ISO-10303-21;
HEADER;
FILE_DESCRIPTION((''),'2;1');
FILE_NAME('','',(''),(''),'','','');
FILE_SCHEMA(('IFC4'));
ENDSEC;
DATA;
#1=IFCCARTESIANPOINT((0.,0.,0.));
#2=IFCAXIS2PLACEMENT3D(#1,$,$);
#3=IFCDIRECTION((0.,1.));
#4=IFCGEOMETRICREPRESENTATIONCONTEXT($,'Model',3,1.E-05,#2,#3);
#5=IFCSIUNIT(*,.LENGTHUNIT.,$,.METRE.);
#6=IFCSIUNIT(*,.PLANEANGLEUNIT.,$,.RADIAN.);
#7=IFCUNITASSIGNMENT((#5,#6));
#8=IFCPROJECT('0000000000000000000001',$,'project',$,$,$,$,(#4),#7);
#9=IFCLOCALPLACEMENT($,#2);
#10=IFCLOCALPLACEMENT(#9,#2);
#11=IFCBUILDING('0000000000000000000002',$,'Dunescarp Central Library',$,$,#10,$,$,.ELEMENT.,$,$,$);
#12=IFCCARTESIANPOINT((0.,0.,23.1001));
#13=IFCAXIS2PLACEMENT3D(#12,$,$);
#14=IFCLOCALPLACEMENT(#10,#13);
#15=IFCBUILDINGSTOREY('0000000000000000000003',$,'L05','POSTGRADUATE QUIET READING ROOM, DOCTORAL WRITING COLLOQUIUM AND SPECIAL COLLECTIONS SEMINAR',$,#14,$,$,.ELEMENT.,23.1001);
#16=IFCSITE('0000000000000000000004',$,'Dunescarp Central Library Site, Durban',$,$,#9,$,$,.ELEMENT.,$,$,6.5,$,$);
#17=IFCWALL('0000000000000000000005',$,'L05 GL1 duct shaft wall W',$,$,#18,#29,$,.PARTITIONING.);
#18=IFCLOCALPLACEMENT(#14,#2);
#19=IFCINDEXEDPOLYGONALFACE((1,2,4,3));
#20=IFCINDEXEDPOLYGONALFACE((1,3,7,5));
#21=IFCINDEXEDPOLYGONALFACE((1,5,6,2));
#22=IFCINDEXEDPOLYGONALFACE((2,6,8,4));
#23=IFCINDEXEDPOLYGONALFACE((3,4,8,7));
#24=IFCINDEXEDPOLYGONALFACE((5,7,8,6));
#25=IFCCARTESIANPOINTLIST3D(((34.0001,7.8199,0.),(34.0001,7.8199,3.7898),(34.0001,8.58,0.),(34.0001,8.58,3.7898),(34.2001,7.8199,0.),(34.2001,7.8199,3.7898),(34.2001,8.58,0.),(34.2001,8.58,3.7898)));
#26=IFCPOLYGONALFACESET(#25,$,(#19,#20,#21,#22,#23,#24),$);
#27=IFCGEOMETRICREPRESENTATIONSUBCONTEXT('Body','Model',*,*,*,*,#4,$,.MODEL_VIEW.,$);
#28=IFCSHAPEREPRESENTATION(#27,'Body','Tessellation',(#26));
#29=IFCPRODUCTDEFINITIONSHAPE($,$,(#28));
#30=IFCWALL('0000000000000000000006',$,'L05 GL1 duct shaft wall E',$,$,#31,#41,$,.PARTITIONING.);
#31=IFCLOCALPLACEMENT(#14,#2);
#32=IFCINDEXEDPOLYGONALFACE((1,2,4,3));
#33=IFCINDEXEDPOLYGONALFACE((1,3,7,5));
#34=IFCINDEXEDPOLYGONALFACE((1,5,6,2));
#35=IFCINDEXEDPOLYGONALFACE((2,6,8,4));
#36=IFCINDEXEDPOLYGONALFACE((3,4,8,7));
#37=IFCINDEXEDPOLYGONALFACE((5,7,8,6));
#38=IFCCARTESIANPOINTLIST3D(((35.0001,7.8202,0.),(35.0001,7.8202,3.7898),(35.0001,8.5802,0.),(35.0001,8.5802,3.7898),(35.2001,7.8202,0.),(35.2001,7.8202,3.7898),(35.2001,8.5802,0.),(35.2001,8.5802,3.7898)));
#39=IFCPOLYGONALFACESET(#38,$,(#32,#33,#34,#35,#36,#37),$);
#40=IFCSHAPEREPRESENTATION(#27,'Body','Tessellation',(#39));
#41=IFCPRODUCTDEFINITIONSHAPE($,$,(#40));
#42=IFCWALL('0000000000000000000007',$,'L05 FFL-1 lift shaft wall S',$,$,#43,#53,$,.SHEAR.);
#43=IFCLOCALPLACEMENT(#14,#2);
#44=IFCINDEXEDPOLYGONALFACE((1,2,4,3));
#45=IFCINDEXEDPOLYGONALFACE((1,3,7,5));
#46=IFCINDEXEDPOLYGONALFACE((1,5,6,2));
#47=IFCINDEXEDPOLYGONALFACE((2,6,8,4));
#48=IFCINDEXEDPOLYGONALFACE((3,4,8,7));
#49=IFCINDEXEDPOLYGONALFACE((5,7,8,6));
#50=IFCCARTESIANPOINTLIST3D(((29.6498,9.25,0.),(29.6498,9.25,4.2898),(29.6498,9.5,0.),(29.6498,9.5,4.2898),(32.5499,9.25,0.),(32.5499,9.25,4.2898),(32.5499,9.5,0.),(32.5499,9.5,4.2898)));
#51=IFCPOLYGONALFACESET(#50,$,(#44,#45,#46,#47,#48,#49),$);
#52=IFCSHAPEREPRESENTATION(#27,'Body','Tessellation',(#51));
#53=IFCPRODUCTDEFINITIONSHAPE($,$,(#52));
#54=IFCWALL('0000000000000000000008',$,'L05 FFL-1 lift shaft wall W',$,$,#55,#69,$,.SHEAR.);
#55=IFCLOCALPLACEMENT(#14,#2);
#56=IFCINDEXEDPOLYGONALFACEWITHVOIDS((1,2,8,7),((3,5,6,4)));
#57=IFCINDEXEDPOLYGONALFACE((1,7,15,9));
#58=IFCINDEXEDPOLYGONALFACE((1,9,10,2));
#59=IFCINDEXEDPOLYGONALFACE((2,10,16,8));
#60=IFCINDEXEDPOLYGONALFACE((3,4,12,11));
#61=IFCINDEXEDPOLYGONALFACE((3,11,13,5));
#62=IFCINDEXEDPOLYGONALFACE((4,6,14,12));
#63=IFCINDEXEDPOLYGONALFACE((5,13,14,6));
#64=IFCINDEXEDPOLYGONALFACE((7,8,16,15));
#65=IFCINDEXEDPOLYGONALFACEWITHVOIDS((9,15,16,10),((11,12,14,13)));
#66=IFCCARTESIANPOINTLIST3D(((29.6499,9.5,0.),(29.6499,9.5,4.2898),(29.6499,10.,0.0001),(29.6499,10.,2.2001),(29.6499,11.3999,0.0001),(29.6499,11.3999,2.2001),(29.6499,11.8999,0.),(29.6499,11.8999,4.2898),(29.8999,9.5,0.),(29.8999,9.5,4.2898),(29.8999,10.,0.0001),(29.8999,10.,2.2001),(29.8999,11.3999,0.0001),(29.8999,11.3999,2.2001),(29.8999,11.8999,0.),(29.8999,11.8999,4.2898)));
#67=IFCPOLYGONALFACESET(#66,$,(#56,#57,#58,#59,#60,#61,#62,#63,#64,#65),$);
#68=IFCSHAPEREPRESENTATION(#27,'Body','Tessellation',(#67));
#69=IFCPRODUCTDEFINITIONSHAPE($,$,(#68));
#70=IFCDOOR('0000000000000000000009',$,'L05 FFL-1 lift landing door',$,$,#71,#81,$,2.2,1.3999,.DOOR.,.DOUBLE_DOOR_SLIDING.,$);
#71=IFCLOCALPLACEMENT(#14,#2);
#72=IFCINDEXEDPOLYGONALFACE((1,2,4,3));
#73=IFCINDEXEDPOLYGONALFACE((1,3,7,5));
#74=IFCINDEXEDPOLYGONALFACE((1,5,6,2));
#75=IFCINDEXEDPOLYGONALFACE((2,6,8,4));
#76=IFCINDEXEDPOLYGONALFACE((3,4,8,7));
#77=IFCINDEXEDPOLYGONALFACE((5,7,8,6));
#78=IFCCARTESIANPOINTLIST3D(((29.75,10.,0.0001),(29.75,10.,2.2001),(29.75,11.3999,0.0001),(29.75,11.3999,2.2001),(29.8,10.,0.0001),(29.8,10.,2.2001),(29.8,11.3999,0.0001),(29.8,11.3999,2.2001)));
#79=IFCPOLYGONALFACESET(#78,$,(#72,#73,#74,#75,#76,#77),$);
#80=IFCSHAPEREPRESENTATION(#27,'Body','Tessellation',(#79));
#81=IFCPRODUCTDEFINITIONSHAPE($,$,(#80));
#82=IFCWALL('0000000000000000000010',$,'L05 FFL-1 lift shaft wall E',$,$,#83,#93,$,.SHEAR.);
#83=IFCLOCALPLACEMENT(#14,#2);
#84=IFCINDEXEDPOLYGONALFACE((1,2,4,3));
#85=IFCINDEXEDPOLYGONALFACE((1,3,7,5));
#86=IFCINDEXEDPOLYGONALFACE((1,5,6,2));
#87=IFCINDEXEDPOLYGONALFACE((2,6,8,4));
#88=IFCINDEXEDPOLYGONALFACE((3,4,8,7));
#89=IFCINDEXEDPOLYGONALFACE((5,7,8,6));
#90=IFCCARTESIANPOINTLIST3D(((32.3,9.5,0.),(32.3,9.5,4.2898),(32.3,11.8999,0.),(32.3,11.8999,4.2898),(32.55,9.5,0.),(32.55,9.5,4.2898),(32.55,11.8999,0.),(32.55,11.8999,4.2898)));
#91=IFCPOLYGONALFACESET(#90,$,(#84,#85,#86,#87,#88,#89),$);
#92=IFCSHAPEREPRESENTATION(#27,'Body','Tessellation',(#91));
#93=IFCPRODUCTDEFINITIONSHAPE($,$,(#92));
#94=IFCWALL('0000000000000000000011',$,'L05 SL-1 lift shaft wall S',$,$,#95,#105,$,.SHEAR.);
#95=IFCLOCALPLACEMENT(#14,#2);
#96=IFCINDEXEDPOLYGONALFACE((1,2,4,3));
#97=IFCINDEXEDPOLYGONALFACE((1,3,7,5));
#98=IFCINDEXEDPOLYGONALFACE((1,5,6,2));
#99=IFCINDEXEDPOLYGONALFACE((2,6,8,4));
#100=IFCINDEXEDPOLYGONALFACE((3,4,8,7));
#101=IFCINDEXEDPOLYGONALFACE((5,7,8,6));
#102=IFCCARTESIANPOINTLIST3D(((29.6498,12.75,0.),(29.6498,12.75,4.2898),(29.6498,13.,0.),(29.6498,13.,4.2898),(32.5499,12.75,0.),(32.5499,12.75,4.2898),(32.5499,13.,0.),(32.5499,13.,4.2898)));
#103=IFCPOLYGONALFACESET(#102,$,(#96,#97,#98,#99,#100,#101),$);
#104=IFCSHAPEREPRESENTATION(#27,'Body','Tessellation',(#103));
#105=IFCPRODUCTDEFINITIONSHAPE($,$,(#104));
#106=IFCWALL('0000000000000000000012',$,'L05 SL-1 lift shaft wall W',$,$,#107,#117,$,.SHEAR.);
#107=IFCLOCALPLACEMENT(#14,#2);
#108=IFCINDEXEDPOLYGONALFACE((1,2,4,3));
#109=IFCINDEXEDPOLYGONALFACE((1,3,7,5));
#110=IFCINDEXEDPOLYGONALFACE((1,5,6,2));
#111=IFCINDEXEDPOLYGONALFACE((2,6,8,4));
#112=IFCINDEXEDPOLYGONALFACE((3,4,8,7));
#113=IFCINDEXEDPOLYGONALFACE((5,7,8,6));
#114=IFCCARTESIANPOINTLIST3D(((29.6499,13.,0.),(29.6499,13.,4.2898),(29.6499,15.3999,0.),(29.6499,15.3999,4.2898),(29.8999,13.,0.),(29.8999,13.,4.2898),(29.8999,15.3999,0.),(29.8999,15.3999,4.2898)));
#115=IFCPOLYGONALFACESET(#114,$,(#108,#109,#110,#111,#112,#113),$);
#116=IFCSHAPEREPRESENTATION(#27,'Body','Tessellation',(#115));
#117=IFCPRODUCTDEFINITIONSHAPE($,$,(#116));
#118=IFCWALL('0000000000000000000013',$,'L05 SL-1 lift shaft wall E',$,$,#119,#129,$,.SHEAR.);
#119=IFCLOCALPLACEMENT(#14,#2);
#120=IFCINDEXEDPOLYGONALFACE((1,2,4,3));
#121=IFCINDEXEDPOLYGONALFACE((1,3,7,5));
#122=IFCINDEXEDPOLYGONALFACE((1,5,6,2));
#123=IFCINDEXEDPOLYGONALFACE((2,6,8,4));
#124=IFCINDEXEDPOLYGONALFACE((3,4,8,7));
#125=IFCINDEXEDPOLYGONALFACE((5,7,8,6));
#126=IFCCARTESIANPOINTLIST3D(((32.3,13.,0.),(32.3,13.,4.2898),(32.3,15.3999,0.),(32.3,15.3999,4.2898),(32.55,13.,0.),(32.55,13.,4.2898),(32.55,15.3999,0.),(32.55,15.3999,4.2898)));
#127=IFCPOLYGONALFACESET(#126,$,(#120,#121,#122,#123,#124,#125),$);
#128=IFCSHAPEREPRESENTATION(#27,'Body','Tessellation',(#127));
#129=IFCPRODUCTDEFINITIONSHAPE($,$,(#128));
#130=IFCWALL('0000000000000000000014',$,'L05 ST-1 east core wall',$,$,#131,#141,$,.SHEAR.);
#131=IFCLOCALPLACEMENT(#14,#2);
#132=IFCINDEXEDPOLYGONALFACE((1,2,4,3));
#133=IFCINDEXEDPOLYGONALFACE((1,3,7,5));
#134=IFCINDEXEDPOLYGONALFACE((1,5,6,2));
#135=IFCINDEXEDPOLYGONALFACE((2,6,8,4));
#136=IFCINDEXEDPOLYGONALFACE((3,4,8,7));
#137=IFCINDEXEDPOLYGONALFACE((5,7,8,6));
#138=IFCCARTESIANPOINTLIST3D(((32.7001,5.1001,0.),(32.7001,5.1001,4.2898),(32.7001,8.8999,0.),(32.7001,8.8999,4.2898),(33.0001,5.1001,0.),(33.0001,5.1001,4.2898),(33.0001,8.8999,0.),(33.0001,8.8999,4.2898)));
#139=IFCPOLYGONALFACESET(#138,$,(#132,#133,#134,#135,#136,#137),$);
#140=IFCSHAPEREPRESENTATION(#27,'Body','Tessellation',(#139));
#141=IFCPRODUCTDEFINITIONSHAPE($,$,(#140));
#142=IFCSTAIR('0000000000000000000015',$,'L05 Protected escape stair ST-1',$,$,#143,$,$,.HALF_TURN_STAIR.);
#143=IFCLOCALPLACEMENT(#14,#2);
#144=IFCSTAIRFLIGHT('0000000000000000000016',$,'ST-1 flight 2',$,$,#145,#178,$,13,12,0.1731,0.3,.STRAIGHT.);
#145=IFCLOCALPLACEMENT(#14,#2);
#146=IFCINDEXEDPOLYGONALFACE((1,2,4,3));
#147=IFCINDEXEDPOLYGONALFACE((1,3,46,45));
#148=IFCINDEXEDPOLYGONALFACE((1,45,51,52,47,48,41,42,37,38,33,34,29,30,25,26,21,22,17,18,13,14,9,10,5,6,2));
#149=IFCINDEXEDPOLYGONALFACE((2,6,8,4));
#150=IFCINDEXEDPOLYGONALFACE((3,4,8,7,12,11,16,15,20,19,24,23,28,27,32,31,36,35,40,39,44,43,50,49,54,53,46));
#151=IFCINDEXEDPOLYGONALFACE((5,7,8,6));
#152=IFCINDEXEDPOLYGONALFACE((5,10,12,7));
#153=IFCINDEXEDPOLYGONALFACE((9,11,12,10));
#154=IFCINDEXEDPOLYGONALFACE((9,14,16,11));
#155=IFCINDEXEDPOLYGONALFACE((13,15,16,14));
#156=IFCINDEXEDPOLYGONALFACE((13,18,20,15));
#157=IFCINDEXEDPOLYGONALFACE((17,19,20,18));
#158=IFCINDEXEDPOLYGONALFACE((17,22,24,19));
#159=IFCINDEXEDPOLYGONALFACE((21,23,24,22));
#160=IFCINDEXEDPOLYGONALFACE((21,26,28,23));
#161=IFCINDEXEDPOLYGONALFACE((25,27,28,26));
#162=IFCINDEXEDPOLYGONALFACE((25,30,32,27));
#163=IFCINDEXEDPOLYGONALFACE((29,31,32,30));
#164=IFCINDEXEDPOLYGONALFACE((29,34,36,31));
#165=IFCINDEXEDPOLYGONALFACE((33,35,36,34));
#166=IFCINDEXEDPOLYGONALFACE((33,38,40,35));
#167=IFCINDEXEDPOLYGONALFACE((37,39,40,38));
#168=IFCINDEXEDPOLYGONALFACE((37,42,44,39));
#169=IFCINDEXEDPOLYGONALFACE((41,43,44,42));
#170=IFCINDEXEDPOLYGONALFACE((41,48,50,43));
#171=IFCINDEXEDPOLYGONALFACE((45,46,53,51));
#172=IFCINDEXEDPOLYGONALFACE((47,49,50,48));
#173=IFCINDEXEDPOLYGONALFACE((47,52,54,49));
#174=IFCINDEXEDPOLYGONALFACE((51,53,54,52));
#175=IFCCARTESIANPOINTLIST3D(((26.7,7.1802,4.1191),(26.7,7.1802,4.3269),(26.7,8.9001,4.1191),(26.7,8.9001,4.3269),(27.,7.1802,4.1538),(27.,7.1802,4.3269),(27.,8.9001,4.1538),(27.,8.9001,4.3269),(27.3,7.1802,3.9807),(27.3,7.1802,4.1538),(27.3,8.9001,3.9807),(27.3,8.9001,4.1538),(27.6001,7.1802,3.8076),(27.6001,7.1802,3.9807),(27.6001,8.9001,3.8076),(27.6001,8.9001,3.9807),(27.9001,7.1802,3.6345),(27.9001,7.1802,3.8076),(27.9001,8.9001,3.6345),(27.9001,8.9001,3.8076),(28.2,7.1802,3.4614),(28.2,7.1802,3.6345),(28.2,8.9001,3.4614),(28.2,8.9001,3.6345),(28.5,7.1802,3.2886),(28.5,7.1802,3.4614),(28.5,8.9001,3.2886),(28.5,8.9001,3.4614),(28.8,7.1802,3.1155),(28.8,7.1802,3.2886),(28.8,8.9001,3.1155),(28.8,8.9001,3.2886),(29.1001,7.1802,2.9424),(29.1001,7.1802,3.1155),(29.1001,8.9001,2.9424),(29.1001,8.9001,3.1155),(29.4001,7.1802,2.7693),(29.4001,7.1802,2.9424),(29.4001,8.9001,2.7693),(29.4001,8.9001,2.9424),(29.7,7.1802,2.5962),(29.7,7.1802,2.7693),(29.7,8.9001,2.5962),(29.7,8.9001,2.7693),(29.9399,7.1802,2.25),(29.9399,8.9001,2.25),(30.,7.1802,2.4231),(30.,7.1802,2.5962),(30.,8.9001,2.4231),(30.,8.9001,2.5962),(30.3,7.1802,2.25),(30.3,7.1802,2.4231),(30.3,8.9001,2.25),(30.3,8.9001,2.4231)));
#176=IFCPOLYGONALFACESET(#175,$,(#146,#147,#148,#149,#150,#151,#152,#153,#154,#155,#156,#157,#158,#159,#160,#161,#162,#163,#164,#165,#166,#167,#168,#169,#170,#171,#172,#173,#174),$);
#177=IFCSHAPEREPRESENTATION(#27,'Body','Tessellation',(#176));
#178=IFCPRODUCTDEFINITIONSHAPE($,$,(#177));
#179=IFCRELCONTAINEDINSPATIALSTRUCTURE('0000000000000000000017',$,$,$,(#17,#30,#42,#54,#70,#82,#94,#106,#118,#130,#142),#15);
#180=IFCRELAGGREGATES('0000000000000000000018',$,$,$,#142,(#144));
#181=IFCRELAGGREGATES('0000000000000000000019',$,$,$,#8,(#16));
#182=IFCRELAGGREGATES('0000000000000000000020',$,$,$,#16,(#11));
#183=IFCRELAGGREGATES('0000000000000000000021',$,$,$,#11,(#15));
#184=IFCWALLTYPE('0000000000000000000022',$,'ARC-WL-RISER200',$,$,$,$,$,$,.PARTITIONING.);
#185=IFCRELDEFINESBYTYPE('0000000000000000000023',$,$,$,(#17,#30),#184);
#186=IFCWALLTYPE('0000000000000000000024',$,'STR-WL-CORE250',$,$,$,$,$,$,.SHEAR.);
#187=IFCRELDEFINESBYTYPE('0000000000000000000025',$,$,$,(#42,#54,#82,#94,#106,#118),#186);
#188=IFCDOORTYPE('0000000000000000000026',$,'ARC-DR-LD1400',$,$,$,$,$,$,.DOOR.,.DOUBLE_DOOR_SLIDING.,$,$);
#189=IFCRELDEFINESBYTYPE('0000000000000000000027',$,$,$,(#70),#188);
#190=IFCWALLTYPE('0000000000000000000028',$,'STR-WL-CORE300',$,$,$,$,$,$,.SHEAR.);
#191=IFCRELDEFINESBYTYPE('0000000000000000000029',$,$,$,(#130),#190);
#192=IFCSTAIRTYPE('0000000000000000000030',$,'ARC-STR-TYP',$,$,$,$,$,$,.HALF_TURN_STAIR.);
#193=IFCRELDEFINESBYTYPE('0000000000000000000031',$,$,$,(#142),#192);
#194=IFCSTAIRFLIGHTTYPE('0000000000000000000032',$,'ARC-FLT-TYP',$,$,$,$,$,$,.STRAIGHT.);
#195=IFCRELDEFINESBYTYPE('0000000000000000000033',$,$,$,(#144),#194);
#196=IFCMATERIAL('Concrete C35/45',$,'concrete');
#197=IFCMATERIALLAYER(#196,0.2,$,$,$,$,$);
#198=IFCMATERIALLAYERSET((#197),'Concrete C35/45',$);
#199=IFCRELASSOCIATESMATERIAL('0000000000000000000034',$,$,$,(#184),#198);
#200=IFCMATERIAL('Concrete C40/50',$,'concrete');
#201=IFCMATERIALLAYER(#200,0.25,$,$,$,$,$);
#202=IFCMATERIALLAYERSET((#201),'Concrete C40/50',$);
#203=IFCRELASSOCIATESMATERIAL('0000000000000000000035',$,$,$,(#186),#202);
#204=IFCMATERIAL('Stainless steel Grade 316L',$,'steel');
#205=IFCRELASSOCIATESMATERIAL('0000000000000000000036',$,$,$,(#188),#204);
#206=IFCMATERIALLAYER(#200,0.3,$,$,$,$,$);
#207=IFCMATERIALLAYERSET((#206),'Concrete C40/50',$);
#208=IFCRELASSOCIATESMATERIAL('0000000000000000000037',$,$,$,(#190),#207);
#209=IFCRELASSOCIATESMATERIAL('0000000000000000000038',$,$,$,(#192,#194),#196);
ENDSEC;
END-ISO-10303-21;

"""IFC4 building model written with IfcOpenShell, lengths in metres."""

from ifc_helpers import new_model, si_unit, direction, frame, frame_2d, origin, place, context, subcontext, project, spatial, polyline, rectangle, outline, extrude, material, layer, layer_set, type_object, element, fill, aggregate, save


model = new_model("IFC4")

# Units and contexts
model_context = context("Model", 3, precision=1e-05, world=origin(), true_north=direction((0.0, 1.0)))
body_context = subcontext(model_context, "Body", "Model", "MODEL_VIEW")
ifc_project = project(units=[si_unit("LENGTHUNIT", "METRE"), si_unit("PLANEANGLEUNIT", "RADIAN")], contexts=[model_context])

# Site, building, storey
site_placement = place(None, origin())
site = spatial("IfcSite", under=ifc_project, at=site_placement, Name="Dunescarp Central Library Site, Durban", CompositionType="ELEMENT", RefElevation=6.5)
building_placement = place(site_placement, origin())
building = spatial("IfcBuilding", under=site, at=building_placement, Name="Dunescarp Central Library", CompositionType="ELEMENT")
storey_placement = place(building_placement, frame((0.0, 0.0, 23.1001)))
storey = spatial("IfcBuildingStorey", under=building, at=storey_placement, Name="L05", Description="POSTGRADUATE QUIET READING ROOM, DOCTORAL WRITING COLLOQUIUM AND SPECIAL COLLECTIONS SEMINAR", CompositionType="ELEMENT", Elevation=23.1001)

# Walls
ifc_material_1 = material(Name="Concrete C35/45", Category="concrete")
ifc_layer_1 = layer(ifc_material_1, 0.2)
ifc_layer_set_1 = layer_set([ifc_layer_1], Name="Concrete C35/45")
wall_type_1 = type_object("IfcWallType", Name="ARC-WL-RISER200", PredefinedType="PARTITIONING", material=ifc_layer_set_1)
for number, where, z_axis, x_axis, name in (
    (1, (34.1001, 7.8201, 0.0), (0.0, 0.0, 1.0), (0.0, 1.0, 0.0), "L05 GL1 duct shaft wall W"),
    (2, (35.1001, 8.5801, 0.0), (0.0, 0.0, 1.0), (0.0, -1.0, 0.0), "L05 GL1 duct shaft wall E"),
):
    element("IfcWall", number, at=place(storey_placement, frame(where, z_axis=z_axis, x_axis=x_axis)), inside=storey, type_object=wall_type_1, Name=name, PredefinedType="PARTITIONING", context=body_context, shape_type="SweptSolid", body=[
        extrude(rectangle(XDim=0.76, YDim=0.2, at=frame_2d((0.3799, 0.0))), origin(), (0.0, 0.0, 1.0), 3.7898),
    ])
ifc_material_2 = material(Name="Concrete C40/50", Category="concrete")
ifc_layer_2 = layer(ifc_material_2, 0.25)
ifc_layer_set_2 = layer_set([ifc_layer_2], Name="Concrete C40/50")
wall_type_2 = type_object("IfcWallType", Name="STR-WL-CORE250", PredefinedType="SHEAR", material=ifc_layer_set_2)
wall_1_placement = place(storey_placement, frame((32.55, 9.375, 0.0), z_axis=(0.0, 0.0, 1.0), x_axis=(-1.0, 0.0, 0.0)))
element("IfcWall", 3, at=wall_1_placement, inside=storey, type_object=wall_type_2, Name="L05 FFL-1 lift shaft wall S", PredefinedType="SHEAR", context=body_context, shape_type="SweptSolid", body=[
    extrude(rectangle(XDim=2.9001, YDim=0.25, at=frame_2d((1.4502, 0.0))), origin(), (0.0, 0.0, 1.0), 4.2898),
])

# Wall, opening, door
wall_2_placement = place(storey_placement, frame((29.7749, 9.5, 0.0), z_axis=(0.0, 0.0, 1.0), x_axis=(0.0, 1.0, 0.0)))
wall_2 = element("IfcWall", 4, at=wall_2_placement, inside=storey, type_object=wall_type_2, Name="L05 FFL-1 lift shaft wall W", PredefinedType="SHEAR", context=body_context, shape_type="SweptSolid", body=[
    extrude(rectangle(XDim=2.3999, YDim=0.25, at=frame_2d((1.2, 0.0))), origin(), (0.0, 0.0, 1.0), 4.2898),
])
opening_placement = place(wall_2_placement, frame((0.5, 0.0, 0.0)))
opening = element("IfcOpeningElement", 5, at=opening_placement, cuts=wall_2, PredefinedType="OPENING", context=body_context, shape_type="SweptSolid", body=[
    extrude(rectangle(XDim=1.3999, YDim=2.2, at=frame_2d((0.7, 1.1001))), frame((0.0, 0.135, 0.0), z_axis=(0.0, -1.0, 0.0), x_axis=(1.0, 0.0, 0.0)), (0.0, 0.0, 1.0), 0.27),
])
ifc_material_3 = material(Name="Stainless steel Grade 316L", Category="steel")
door_type = type_object("IfcDoorType", Name="ARC-DR-LD1400", OperationType="DOUBLE_DOOR_SLIDING", PredefinedType="DOOR", material=ifc_material_3)
door_placement = place(opening_placement, origin())
door = element("IfcDoor", 6, at=door_placement, inside=storey, type_object=door_type, Name="L05 FFL-1 lift landing door", OperationType="DOUBLE_DOOR_SLIDING", OverallHeight=2.2, OverallWidth=1.3999, PredefinedType="DOOR", context=body_context, shape_type="SweptSolid", body=[
    extrude(rectangle(XDim=1.3999, YDim=2.2, at=frame_2d((0.7, 1.1001))), frame((0.0, 0.0249, 0.0), z_axis=(0.0, -1.0, 0.0), x_axis=(1.0, 0.0, 0.0)), (0.0, 0.0, 1.0), 0.05),
])
fill(opening, door)

# Walls
wall_3_placement = place(storey_placement, frame((32.425, 11.8999, 0.0), z_axis=(0.0, 0.0, 1.0), x_axis=(0.0, -1.0, 0.0)))
element("IfcWall", 7, at=wall_3_placement, inside=storey, type_object=wall_type_2, Name="L05 FFL-1 lift shaft wall E", PredefinedType="SHEAR", context=body_context, shape_type="SweptSolid", body=[
    extrude(rectangle(XDim=2.3999, YDim=0.25, at=frame_2d((1.2, 0.0))), origin(), (0.0, 0.0, 1.0), 4.2898),
])
wall_4_placement = place(storey_placement, frame((32.55, 12.875, 0.0), z_axis=(0.0, 0.0, 1.0), x_axis=(-1.0, 0.0, 0.0)))
element("IfcWall", 8, at=wall_4_placement, inside=storey, type_object=wall_type_2, Name="L05 SL-1 lift shaft wall S", PredefinedType="SHEAR", context=body_context, shape_type="SweptSolid", body=[
    extrude(rectangle(XDim=2.9001, YDim=0.25, at=frame_2d((1.4502, 0.0))), origin(), (0.0, 0.0, 1.0), 4.2898),
])
for number, where, z_axis, x_axis, name in (
    (9, (29.7749, 13.0, 0.0), (0.0, 0.0, 1.0), (0.0, 1.0, 0.0), "L05 SL-1 lift shaft wall W"),
    (10, (32.425, 15.3999, 0.0), (0.0, 0.0, 1.0), (0.0, -1.0, 0.0), "L05 SL-1 lift shaft wall E"),
):
    element("IfcWall", number, at=place(storey_placement, frame(where, z_axis=z_axis, x_axis=x_axis)), inside=storey, type_object=wall_type_2, Name=name, PredefinedType="SHEAR", context=body_context, shape_type="SweptSolid", body=[
        extrude(rectangle(XDim=2.3999, YDim=0.25, at=frame_2d((1.2, 0.0))), origin(), (0.0, 0.0, 1.0), 4.2898),
    ])
ifc_layer_3 = layer(ifc_material_2, 0.3)
ifc_layer_set_3 = layer_set([ifc_layer_3], Name="Concrete C40/50")
wall_type_3 = type_object("IfcWallType", Name="STR-WL-CORE300", PredefinedType="SHEAR", material=ifc_layer_set_3)
wall_5_placement = place(storey_placement, frame((32.8501, 8.8999, 0.0), z_axis=(0.0, 0.0, 1.0), x_axis=(0.0, -1.0, 0.0)))
element("IfcWall", 11, at=wall_5_placement, inside=storey, type_object=wall_type_3, Name="L05 ST-1 east core wall", PredefinedType="SHEAR", context=body_context, shape_type="SweptSolid", body=[
    extrude(rectangle(XDim=3.7998, YDim=0.3, at=frame_2d((1.8999, 0.0))), origin(), (0.0, 0.0, 1.0), 4.2898),
])

# Stair, stair flight
stair_type = type_object("IfcStairType", Name="ARC-STR-TYP", PredefinedType="HALF_TURN_STAIR", material=ifc_material_1)
stair_placement = place(storey_placement, origin())
stair = element("IfcStair", 12, at=stair_placement, inside=storey, type_object=stair_type, Name="L05 Protected escape stair ST-1", PredefinedType="HALF_TURN_STAIR")
stair_flight_type = type_object("IfcStairFlightType", Name="ARC-FLT-TYP", PredefinedType="STRAIGHT", material=ifc_material_1)
stair_flight_placement = place(storey_placement, frame((30.3, 8.04, 2.25), z_axis=(0.0, 0.0, 1.0), x_axis=(-1.0, 0.0, 0.0)))
stair_flight = element("IfcStairFlight", 13, at=stair_flight_placement, type_object=stair_flight_type, Name="ST-1 flight 2", NumberOfRisers=13, NumberOfTreads=12, PredefinedType="STRAIGHT", RiserHeight=0.1731, TreadLength=0.3, context=body_context, shape_type="SweptSolid", body=[
    extrude(outline(polyline([(0.0, 0.0), (0.0, 0.1731), (0.3, 0.1731), (0.3, 0.3462), (0.6001, 0.3462), (0.6001, 0.5193), (0.8999, 0.5193), (0.8999, 0.6924), (1.2, 0.6924), (1.2, 0.8655), (1.5, 0.8655), (1.5, 1.0386), (1.8, 1.0386), (1.8, 1.2114), (2.1001, 1.2114), (2.1001, 1.3845), (2.3999, 1.3845), (2.3999, 1.5576), (2.7, 1.5576), (2.7, 1.7307), (3.0, 1.7307), (3.0, 1.9038), (3.3, 1.9038), (3.3, 2.0769), (3.6001, 2.0769), (3.6001, 2.25), (3.6001, 1.8691), (0.3601, 0.0), (0.0, 0.0)])), frame((0.0, 0.8599, 0.0), z_axis=(0.0, -1.0, 0.0), x_axis=(1.0, 0.0, 0.0)), (0.0, 0.0, 1.0), 1.72),
])
aggregate(stair, [stair_flight])

save(model, "model.ifc")
